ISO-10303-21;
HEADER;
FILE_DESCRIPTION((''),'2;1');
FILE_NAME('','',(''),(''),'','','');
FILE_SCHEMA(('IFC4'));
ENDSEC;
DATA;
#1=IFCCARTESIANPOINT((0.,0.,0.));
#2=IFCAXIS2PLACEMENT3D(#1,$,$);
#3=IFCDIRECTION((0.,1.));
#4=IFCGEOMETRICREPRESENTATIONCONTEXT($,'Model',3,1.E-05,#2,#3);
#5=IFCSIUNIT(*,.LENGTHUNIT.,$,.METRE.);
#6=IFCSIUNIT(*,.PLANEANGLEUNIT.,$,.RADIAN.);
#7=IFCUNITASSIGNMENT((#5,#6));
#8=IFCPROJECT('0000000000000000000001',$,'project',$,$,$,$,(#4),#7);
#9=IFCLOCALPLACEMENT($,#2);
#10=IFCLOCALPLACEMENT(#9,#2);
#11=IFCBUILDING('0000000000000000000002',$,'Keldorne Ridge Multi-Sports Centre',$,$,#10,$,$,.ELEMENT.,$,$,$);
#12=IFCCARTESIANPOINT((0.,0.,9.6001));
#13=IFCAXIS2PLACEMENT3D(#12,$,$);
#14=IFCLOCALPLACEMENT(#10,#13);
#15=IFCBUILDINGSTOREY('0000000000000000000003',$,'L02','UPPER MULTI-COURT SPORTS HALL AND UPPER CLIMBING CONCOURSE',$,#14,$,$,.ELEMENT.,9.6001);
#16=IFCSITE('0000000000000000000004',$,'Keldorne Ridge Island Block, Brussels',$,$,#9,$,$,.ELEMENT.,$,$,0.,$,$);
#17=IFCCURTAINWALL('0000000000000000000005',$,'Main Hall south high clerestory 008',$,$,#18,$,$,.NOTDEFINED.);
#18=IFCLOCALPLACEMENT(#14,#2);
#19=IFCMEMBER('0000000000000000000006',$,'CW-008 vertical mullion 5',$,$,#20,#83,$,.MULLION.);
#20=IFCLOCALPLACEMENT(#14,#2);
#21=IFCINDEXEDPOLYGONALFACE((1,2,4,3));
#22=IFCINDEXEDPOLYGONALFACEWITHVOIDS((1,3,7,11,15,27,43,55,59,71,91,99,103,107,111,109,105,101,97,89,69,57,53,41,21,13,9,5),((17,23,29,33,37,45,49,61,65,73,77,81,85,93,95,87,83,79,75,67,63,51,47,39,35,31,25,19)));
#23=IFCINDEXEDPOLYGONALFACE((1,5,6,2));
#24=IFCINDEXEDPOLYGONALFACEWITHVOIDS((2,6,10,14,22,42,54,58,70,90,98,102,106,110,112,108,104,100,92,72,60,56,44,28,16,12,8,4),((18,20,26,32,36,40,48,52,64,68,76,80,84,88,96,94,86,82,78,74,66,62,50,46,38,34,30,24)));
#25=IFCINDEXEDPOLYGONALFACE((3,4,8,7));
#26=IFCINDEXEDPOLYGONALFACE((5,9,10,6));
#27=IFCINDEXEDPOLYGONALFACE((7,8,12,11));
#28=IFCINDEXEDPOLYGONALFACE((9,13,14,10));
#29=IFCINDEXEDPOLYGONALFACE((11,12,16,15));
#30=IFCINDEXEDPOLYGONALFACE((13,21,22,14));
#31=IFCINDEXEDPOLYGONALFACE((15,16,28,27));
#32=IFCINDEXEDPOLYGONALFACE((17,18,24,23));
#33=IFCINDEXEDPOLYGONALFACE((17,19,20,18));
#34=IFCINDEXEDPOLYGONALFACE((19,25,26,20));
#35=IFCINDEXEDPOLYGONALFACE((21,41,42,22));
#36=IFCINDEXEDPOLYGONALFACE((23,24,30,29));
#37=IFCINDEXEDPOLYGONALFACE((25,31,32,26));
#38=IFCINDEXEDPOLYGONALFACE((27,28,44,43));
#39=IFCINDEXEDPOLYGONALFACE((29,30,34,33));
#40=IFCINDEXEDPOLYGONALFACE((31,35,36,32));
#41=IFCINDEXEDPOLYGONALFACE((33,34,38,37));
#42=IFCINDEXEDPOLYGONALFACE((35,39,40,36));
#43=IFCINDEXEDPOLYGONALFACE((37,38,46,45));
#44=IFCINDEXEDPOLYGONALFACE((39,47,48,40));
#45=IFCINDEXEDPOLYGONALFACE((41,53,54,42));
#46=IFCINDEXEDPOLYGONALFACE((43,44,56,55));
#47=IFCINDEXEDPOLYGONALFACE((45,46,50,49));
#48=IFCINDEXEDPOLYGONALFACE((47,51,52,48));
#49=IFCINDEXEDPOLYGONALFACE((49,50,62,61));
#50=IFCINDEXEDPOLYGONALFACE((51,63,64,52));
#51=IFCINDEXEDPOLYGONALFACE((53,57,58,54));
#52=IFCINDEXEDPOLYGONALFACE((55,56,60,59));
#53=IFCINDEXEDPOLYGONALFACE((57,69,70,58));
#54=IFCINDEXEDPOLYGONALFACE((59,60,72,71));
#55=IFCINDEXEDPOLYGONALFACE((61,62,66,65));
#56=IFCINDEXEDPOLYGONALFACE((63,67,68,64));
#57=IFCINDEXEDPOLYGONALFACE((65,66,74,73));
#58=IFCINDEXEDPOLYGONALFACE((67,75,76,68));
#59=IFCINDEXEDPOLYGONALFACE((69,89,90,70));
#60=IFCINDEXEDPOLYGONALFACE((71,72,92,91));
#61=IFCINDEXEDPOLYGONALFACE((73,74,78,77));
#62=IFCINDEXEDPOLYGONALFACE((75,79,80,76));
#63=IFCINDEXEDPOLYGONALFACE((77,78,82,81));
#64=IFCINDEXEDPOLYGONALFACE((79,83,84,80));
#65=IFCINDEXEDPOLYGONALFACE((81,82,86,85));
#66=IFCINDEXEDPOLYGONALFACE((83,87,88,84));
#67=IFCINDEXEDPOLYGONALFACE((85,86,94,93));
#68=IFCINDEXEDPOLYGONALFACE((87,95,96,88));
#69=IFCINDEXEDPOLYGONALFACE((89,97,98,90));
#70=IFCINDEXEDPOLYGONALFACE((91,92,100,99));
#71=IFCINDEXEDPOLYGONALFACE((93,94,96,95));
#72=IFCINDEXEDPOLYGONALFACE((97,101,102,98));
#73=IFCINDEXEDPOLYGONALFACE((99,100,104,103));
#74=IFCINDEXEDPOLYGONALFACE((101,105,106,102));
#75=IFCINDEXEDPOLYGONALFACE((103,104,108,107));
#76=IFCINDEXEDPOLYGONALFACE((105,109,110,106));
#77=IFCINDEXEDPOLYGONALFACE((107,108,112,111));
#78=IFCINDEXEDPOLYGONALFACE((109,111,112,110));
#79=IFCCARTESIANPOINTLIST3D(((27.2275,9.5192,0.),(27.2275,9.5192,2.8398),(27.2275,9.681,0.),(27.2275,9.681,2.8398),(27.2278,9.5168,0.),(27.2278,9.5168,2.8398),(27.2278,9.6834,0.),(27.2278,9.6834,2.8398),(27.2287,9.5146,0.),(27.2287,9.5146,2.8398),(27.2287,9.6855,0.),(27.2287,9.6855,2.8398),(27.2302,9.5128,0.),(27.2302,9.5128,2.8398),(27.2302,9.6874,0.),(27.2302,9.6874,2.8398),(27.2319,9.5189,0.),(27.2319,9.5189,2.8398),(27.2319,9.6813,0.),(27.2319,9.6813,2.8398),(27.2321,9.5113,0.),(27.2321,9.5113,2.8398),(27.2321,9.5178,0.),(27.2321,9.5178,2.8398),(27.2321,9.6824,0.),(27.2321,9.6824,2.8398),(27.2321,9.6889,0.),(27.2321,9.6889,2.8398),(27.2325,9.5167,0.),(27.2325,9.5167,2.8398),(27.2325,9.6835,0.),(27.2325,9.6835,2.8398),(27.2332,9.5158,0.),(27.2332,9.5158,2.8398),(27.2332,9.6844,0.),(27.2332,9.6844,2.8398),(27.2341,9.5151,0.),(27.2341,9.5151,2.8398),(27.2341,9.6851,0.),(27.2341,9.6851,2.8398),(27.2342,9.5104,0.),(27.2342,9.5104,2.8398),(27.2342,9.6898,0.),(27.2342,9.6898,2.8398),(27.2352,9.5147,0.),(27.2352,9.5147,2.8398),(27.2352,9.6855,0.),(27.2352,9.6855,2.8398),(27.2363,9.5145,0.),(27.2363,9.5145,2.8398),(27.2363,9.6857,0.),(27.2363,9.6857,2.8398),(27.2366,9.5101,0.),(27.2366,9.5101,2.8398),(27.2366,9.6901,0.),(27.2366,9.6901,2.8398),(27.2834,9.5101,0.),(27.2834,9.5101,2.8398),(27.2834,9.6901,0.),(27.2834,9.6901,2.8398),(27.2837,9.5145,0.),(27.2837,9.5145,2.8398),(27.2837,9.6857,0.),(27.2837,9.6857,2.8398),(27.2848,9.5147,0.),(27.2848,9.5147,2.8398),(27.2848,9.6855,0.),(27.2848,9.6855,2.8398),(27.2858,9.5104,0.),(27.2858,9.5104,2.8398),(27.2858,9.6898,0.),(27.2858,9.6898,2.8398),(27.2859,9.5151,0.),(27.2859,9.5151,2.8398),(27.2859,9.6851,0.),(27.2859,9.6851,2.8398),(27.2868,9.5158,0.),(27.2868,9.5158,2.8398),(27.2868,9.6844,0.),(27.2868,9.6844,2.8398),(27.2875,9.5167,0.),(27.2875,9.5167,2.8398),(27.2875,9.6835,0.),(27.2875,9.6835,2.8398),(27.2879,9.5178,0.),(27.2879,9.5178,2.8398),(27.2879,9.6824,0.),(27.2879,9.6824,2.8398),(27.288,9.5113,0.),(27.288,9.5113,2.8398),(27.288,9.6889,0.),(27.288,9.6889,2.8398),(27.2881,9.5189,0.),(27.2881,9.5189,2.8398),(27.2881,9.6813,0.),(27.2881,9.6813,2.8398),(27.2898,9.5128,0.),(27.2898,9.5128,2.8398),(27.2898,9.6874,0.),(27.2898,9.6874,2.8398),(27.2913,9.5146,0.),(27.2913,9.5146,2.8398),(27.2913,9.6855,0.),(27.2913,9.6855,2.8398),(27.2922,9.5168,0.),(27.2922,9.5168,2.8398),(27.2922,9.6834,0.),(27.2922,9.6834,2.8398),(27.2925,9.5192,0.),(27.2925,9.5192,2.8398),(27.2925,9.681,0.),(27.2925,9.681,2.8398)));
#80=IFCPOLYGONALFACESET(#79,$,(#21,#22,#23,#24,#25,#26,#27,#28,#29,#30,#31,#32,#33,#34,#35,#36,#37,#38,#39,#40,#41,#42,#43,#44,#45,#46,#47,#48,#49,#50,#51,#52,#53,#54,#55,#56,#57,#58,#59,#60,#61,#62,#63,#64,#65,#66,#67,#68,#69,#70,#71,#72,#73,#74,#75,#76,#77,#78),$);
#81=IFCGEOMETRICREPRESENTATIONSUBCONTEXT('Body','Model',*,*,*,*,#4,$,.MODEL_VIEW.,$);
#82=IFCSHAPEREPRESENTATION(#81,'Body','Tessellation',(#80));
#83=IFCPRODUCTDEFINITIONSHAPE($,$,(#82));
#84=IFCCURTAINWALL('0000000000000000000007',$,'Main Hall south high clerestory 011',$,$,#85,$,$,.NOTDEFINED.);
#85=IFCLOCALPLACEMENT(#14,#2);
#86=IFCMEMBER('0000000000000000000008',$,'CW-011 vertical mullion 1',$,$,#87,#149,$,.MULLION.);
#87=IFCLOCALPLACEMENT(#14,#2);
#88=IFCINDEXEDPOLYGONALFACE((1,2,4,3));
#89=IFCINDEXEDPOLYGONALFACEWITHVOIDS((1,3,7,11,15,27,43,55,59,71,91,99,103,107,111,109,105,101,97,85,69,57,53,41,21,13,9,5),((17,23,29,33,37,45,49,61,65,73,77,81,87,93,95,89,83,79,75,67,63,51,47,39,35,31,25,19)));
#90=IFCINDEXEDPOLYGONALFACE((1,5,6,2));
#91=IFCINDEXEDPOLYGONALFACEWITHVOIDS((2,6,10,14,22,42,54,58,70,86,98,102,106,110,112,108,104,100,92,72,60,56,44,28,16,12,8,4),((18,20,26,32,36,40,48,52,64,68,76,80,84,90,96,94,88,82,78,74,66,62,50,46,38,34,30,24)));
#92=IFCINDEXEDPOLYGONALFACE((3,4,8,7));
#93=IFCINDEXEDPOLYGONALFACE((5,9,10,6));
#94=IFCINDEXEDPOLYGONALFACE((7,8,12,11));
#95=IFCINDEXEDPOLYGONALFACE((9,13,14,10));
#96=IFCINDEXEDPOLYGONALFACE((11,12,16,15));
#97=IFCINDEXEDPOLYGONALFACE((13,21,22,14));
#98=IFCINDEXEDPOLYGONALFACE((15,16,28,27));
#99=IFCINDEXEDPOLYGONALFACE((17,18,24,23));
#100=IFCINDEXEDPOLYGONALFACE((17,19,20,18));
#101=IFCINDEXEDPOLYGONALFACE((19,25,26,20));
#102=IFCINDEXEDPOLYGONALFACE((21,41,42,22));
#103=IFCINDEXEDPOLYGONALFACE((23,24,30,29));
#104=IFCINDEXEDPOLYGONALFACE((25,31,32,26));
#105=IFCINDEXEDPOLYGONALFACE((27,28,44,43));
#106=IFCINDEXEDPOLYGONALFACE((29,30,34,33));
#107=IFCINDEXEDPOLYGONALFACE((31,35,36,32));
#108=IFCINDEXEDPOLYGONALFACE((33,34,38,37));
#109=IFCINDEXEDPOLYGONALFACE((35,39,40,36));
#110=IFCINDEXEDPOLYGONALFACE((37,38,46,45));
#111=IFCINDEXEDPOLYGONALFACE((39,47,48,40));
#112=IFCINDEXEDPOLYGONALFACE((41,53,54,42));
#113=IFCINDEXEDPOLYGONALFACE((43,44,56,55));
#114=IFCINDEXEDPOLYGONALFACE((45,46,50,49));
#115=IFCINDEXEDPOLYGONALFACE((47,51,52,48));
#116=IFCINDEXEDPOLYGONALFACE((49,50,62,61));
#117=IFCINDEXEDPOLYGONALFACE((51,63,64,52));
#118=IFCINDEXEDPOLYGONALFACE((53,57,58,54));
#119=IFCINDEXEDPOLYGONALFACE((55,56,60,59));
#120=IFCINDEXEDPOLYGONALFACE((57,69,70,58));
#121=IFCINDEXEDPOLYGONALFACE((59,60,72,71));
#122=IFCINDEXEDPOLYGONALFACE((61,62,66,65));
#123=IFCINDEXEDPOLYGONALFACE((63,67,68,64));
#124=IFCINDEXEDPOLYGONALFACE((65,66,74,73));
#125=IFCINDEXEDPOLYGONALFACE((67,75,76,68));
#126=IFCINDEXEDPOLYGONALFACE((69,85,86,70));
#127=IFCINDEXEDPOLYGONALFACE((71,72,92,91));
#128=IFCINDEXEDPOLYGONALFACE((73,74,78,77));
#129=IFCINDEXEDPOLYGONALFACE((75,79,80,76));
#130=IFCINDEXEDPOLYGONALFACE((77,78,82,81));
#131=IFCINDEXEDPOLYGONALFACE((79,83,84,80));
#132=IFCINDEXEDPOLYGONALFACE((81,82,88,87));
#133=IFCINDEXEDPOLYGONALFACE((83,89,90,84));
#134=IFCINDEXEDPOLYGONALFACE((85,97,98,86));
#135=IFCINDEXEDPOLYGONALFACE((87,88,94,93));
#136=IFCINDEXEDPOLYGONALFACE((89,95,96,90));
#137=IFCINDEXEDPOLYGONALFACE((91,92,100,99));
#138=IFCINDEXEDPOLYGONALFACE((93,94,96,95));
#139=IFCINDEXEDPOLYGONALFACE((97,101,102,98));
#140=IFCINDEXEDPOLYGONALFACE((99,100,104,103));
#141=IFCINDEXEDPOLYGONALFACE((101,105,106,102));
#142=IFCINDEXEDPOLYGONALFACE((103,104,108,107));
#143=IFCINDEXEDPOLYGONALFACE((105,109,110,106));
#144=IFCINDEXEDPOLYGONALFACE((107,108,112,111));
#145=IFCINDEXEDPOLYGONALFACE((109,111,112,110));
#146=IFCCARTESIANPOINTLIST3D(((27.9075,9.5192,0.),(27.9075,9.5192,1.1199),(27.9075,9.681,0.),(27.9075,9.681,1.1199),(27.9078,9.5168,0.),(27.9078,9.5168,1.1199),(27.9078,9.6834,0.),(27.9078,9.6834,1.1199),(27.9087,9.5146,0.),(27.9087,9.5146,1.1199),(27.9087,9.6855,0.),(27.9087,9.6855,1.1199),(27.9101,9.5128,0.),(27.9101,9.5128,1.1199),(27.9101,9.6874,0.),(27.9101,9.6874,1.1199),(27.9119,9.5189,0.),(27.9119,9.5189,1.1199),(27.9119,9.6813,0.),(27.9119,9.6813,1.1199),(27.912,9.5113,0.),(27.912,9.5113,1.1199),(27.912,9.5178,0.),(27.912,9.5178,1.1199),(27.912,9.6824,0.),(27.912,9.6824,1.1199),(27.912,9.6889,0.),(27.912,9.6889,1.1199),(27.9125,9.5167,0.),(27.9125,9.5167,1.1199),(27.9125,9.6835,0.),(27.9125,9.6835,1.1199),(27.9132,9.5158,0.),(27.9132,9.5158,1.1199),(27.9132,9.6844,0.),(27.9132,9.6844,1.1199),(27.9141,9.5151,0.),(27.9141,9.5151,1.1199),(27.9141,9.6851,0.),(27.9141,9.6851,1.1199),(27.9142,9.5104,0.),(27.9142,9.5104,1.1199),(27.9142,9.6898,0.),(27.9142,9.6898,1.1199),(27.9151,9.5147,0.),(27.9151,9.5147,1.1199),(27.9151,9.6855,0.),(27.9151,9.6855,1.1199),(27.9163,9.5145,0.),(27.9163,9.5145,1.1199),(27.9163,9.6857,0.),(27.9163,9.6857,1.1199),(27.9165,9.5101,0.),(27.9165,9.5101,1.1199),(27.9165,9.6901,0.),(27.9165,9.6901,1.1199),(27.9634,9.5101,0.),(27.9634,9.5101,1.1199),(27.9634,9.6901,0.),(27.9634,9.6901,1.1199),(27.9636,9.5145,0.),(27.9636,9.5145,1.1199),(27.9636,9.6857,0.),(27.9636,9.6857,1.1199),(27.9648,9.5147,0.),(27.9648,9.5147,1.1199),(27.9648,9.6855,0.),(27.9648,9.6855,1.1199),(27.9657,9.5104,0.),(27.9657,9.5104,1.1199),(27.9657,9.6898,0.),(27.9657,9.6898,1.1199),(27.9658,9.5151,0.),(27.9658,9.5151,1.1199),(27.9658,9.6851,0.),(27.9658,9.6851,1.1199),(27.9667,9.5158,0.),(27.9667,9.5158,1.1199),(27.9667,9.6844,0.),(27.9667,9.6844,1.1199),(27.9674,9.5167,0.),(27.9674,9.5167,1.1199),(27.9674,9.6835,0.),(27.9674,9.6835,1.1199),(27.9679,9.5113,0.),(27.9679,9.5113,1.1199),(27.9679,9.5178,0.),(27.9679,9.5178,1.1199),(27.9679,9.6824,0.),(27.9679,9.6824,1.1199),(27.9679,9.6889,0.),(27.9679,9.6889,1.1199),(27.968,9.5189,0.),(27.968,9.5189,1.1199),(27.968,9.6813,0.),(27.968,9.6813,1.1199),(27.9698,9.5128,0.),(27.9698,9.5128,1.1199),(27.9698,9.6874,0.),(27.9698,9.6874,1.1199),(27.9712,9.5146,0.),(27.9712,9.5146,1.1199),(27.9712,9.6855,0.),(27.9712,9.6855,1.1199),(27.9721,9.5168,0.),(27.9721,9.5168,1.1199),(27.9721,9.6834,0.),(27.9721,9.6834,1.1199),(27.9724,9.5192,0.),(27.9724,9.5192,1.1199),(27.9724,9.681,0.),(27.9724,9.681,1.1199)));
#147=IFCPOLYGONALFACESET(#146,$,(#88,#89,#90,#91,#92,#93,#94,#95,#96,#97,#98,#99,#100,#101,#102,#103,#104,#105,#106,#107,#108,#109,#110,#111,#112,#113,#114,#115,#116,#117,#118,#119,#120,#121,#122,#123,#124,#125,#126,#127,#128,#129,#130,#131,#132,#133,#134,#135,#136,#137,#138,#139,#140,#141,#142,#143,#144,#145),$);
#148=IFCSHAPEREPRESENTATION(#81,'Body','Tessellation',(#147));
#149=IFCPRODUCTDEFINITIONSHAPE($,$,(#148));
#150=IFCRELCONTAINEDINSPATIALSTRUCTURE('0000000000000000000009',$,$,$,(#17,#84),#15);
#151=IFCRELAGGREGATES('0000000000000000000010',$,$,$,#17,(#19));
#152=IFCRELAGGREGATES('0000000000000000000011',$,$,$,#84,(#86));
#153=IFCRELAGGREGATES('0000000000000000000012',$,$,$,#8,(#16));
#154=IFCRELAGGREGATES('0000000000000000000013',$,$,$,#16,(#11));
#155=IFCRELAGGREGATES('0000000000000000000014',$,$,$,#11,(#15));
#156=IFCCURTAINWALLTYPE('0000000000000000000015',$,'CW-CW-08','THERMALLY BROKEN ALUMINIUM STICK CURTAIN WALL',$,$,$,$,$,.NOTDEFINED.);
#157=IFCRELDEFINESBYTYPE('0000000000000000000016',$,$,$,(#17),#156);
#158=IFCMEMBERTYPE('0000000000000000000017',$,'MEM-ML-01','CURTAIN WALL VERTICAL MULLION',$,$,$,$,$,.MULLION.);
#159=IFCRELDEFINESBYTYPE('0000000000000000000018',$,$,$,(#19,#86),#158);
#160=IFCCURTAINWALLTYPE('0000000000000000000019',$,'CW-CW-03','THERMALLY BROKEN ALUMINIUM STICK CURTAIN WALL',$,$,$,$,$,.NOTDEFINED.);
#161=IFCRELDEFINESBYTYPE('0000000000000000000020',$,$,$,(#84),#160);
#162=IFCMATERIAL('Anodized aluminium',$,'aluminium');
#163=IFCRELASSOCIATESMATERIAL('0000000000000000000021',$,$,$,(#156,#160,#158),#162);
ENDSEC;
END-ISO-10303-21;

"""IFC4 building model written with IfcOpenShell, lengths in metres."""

from ifc_helpers import new_model, si_unit, direction, frame, origin, origin_2d, place, context, subcontext, project, spatial, hollow_rectangle, extrude, material, material_profile, profile_set, type_object, element, aggregate, save


model = new_model("IFC4")

# Units and contexts
model_context = context("Model", 3, precision=1e-05, world=origin(), true_north=direction((0.0, 1.0)))
body_context = subcontext(model_context, "Body", "Model", "MODEL_VIEW")
ifc_project = project(units=[si_unit("LENGTHUNIT", "METRE"), si_unit("PLANEANGLEUNIT", "RADIAN")], contexts=[model_context])

# Site, building, storey
site_placement = place(None, origin())
site = spatial("IfcSite", under=ifc_project, at=site_placement, Name="Keldorne Ridge Island Block, Brussels", CompositionType="ELEMENT", RefElevation=0.0)
building_placement = place(site_placement, origin())
building = spatial("IfcBuilding", under=site, at=building_placement, Name="Keldorne Ridge Multi-Sports Centre", CompositionType="ELEMENT")
storey_placement = place(building_placement, frame((0.0, 0.0, 9.6001)))
storey = spatial("IfcBuildingStorey", under=building, at=storey_placement, Name="L02", Description="UPPER MULTI-COURT SPORTS HALL AND UPPER CLIMBING CONCOURSE", CompositionType="ELEMENT", Elevation=9.6001)

# Curtain walls, members
ifc_material_1 = material(Name="Anodized aluminium", Category="aluminium")
curtain_wall_type_1 = type_object("IfcCurtainWallType", Name="CW-CW-08", Description="THERMALLY BROKEN ALUMINIUM STICK CURTAIN WALL", PredefinedType="NOTDEFINED", material=ifc_material_1)
curtain_wall_1_placement = place(storey_placement, origin())
curtain_wall_1 = element("IfcCurtainWall", 1, at=curtain_wall_1_placement, inside=storey, type_object=curtain_wall_type_1, Name="Main Hall south high clerestory 008", PredefinedType="NOTDEFINED")
ifc_material_profile_1 = material_profile(ifc_material_1, hollow_rectangle(XDim=0.0649, YDim=0.1799, WallThickness=0.0044, InnerFilletRadius=0.0044, OuterFilletRadius=0.009, at=origin_2d()), Name="ALU MULLION 180x65x4.5")
ifc_profile_set_1 = profile_set([ifc_material_profile_1], Name="Anodized aluminium")
member_type_1 = type_object("IfcMemberType", Name="MEM-ML-01", Description="CURTAIN WALL VERTICAL MULLION", PredefinedType="MULLION", material=ifc_profile_set_1)
member_1_placement = place(storey_placement, frame((27.26, 9.6001, 0.0), z_axis=(0.0, 0.0, 1.0), x_axis=(1.0, 0.0, 0.0)))
member_1 = element("IfcMember", 2, at=member_1_placement, type_object=member_type_1, Name="CW-008 vertical mullion 5", PredefinedType="MULLION", context=body_context, shape_type="SweptSolid", body=[
    extrude(hollow_rectangle(XDim=0.0649, YDim=0.1799, WallThickness=0.0044, InnerFilletRadius=0.0044, OuterFilletRadius=0.009, at=origin_2d()), origin(), (0.0, 0.0, 1.0), 2.8398),
])
curtain_wall_type_2 = type_object("IfcCurtainWallType", Name="CW-CW-03", Description="THERMALLY BROKEN ALUMINIUM STICK CURTAIN WALL", PredefinedType="NOTDEFINED", material=ifc_material_1)
curtain_wall_2_placement = place(storey_placement, origin())
curtain_wall_2 = element("IfcCurtainWall", 3, at=curtain_wall_2_placement, inside=storey, type_object=curtain_wall_type_2, Name="Main Hall south high clerestory 011", PredefinedType="NOTDEFINED")
member_2_placement = place(storey_placement, frame((27.9399, 9.6001, 0.0), z_axis=(0.0, 0.0, 1.0), x_axis=(1.0, 0.0, 0.0)))
member_2 = element("IfcMember", 4, at=member_2_placement, type_object=member_type_1, Name="CW-011 vertical mullion 1", PredefinedType="MULLION", context=body_context, shape_type="SweptSolid", body=[
    extrude(hollow_rectangle(XDim=0.0649, YDim=0.1799, WallThickness=0.0044, InnerFilletRadius=0.0044, OuterFilletRadius=0.009, at=origin_2d()), origin(), (0.0, 0.0, 1.0), 1.1199),
])

aggregate(curtain_wall_1, [member_1])
aggregate(curtain_wall_2, [member_2])

save(model, "model.ifc")
